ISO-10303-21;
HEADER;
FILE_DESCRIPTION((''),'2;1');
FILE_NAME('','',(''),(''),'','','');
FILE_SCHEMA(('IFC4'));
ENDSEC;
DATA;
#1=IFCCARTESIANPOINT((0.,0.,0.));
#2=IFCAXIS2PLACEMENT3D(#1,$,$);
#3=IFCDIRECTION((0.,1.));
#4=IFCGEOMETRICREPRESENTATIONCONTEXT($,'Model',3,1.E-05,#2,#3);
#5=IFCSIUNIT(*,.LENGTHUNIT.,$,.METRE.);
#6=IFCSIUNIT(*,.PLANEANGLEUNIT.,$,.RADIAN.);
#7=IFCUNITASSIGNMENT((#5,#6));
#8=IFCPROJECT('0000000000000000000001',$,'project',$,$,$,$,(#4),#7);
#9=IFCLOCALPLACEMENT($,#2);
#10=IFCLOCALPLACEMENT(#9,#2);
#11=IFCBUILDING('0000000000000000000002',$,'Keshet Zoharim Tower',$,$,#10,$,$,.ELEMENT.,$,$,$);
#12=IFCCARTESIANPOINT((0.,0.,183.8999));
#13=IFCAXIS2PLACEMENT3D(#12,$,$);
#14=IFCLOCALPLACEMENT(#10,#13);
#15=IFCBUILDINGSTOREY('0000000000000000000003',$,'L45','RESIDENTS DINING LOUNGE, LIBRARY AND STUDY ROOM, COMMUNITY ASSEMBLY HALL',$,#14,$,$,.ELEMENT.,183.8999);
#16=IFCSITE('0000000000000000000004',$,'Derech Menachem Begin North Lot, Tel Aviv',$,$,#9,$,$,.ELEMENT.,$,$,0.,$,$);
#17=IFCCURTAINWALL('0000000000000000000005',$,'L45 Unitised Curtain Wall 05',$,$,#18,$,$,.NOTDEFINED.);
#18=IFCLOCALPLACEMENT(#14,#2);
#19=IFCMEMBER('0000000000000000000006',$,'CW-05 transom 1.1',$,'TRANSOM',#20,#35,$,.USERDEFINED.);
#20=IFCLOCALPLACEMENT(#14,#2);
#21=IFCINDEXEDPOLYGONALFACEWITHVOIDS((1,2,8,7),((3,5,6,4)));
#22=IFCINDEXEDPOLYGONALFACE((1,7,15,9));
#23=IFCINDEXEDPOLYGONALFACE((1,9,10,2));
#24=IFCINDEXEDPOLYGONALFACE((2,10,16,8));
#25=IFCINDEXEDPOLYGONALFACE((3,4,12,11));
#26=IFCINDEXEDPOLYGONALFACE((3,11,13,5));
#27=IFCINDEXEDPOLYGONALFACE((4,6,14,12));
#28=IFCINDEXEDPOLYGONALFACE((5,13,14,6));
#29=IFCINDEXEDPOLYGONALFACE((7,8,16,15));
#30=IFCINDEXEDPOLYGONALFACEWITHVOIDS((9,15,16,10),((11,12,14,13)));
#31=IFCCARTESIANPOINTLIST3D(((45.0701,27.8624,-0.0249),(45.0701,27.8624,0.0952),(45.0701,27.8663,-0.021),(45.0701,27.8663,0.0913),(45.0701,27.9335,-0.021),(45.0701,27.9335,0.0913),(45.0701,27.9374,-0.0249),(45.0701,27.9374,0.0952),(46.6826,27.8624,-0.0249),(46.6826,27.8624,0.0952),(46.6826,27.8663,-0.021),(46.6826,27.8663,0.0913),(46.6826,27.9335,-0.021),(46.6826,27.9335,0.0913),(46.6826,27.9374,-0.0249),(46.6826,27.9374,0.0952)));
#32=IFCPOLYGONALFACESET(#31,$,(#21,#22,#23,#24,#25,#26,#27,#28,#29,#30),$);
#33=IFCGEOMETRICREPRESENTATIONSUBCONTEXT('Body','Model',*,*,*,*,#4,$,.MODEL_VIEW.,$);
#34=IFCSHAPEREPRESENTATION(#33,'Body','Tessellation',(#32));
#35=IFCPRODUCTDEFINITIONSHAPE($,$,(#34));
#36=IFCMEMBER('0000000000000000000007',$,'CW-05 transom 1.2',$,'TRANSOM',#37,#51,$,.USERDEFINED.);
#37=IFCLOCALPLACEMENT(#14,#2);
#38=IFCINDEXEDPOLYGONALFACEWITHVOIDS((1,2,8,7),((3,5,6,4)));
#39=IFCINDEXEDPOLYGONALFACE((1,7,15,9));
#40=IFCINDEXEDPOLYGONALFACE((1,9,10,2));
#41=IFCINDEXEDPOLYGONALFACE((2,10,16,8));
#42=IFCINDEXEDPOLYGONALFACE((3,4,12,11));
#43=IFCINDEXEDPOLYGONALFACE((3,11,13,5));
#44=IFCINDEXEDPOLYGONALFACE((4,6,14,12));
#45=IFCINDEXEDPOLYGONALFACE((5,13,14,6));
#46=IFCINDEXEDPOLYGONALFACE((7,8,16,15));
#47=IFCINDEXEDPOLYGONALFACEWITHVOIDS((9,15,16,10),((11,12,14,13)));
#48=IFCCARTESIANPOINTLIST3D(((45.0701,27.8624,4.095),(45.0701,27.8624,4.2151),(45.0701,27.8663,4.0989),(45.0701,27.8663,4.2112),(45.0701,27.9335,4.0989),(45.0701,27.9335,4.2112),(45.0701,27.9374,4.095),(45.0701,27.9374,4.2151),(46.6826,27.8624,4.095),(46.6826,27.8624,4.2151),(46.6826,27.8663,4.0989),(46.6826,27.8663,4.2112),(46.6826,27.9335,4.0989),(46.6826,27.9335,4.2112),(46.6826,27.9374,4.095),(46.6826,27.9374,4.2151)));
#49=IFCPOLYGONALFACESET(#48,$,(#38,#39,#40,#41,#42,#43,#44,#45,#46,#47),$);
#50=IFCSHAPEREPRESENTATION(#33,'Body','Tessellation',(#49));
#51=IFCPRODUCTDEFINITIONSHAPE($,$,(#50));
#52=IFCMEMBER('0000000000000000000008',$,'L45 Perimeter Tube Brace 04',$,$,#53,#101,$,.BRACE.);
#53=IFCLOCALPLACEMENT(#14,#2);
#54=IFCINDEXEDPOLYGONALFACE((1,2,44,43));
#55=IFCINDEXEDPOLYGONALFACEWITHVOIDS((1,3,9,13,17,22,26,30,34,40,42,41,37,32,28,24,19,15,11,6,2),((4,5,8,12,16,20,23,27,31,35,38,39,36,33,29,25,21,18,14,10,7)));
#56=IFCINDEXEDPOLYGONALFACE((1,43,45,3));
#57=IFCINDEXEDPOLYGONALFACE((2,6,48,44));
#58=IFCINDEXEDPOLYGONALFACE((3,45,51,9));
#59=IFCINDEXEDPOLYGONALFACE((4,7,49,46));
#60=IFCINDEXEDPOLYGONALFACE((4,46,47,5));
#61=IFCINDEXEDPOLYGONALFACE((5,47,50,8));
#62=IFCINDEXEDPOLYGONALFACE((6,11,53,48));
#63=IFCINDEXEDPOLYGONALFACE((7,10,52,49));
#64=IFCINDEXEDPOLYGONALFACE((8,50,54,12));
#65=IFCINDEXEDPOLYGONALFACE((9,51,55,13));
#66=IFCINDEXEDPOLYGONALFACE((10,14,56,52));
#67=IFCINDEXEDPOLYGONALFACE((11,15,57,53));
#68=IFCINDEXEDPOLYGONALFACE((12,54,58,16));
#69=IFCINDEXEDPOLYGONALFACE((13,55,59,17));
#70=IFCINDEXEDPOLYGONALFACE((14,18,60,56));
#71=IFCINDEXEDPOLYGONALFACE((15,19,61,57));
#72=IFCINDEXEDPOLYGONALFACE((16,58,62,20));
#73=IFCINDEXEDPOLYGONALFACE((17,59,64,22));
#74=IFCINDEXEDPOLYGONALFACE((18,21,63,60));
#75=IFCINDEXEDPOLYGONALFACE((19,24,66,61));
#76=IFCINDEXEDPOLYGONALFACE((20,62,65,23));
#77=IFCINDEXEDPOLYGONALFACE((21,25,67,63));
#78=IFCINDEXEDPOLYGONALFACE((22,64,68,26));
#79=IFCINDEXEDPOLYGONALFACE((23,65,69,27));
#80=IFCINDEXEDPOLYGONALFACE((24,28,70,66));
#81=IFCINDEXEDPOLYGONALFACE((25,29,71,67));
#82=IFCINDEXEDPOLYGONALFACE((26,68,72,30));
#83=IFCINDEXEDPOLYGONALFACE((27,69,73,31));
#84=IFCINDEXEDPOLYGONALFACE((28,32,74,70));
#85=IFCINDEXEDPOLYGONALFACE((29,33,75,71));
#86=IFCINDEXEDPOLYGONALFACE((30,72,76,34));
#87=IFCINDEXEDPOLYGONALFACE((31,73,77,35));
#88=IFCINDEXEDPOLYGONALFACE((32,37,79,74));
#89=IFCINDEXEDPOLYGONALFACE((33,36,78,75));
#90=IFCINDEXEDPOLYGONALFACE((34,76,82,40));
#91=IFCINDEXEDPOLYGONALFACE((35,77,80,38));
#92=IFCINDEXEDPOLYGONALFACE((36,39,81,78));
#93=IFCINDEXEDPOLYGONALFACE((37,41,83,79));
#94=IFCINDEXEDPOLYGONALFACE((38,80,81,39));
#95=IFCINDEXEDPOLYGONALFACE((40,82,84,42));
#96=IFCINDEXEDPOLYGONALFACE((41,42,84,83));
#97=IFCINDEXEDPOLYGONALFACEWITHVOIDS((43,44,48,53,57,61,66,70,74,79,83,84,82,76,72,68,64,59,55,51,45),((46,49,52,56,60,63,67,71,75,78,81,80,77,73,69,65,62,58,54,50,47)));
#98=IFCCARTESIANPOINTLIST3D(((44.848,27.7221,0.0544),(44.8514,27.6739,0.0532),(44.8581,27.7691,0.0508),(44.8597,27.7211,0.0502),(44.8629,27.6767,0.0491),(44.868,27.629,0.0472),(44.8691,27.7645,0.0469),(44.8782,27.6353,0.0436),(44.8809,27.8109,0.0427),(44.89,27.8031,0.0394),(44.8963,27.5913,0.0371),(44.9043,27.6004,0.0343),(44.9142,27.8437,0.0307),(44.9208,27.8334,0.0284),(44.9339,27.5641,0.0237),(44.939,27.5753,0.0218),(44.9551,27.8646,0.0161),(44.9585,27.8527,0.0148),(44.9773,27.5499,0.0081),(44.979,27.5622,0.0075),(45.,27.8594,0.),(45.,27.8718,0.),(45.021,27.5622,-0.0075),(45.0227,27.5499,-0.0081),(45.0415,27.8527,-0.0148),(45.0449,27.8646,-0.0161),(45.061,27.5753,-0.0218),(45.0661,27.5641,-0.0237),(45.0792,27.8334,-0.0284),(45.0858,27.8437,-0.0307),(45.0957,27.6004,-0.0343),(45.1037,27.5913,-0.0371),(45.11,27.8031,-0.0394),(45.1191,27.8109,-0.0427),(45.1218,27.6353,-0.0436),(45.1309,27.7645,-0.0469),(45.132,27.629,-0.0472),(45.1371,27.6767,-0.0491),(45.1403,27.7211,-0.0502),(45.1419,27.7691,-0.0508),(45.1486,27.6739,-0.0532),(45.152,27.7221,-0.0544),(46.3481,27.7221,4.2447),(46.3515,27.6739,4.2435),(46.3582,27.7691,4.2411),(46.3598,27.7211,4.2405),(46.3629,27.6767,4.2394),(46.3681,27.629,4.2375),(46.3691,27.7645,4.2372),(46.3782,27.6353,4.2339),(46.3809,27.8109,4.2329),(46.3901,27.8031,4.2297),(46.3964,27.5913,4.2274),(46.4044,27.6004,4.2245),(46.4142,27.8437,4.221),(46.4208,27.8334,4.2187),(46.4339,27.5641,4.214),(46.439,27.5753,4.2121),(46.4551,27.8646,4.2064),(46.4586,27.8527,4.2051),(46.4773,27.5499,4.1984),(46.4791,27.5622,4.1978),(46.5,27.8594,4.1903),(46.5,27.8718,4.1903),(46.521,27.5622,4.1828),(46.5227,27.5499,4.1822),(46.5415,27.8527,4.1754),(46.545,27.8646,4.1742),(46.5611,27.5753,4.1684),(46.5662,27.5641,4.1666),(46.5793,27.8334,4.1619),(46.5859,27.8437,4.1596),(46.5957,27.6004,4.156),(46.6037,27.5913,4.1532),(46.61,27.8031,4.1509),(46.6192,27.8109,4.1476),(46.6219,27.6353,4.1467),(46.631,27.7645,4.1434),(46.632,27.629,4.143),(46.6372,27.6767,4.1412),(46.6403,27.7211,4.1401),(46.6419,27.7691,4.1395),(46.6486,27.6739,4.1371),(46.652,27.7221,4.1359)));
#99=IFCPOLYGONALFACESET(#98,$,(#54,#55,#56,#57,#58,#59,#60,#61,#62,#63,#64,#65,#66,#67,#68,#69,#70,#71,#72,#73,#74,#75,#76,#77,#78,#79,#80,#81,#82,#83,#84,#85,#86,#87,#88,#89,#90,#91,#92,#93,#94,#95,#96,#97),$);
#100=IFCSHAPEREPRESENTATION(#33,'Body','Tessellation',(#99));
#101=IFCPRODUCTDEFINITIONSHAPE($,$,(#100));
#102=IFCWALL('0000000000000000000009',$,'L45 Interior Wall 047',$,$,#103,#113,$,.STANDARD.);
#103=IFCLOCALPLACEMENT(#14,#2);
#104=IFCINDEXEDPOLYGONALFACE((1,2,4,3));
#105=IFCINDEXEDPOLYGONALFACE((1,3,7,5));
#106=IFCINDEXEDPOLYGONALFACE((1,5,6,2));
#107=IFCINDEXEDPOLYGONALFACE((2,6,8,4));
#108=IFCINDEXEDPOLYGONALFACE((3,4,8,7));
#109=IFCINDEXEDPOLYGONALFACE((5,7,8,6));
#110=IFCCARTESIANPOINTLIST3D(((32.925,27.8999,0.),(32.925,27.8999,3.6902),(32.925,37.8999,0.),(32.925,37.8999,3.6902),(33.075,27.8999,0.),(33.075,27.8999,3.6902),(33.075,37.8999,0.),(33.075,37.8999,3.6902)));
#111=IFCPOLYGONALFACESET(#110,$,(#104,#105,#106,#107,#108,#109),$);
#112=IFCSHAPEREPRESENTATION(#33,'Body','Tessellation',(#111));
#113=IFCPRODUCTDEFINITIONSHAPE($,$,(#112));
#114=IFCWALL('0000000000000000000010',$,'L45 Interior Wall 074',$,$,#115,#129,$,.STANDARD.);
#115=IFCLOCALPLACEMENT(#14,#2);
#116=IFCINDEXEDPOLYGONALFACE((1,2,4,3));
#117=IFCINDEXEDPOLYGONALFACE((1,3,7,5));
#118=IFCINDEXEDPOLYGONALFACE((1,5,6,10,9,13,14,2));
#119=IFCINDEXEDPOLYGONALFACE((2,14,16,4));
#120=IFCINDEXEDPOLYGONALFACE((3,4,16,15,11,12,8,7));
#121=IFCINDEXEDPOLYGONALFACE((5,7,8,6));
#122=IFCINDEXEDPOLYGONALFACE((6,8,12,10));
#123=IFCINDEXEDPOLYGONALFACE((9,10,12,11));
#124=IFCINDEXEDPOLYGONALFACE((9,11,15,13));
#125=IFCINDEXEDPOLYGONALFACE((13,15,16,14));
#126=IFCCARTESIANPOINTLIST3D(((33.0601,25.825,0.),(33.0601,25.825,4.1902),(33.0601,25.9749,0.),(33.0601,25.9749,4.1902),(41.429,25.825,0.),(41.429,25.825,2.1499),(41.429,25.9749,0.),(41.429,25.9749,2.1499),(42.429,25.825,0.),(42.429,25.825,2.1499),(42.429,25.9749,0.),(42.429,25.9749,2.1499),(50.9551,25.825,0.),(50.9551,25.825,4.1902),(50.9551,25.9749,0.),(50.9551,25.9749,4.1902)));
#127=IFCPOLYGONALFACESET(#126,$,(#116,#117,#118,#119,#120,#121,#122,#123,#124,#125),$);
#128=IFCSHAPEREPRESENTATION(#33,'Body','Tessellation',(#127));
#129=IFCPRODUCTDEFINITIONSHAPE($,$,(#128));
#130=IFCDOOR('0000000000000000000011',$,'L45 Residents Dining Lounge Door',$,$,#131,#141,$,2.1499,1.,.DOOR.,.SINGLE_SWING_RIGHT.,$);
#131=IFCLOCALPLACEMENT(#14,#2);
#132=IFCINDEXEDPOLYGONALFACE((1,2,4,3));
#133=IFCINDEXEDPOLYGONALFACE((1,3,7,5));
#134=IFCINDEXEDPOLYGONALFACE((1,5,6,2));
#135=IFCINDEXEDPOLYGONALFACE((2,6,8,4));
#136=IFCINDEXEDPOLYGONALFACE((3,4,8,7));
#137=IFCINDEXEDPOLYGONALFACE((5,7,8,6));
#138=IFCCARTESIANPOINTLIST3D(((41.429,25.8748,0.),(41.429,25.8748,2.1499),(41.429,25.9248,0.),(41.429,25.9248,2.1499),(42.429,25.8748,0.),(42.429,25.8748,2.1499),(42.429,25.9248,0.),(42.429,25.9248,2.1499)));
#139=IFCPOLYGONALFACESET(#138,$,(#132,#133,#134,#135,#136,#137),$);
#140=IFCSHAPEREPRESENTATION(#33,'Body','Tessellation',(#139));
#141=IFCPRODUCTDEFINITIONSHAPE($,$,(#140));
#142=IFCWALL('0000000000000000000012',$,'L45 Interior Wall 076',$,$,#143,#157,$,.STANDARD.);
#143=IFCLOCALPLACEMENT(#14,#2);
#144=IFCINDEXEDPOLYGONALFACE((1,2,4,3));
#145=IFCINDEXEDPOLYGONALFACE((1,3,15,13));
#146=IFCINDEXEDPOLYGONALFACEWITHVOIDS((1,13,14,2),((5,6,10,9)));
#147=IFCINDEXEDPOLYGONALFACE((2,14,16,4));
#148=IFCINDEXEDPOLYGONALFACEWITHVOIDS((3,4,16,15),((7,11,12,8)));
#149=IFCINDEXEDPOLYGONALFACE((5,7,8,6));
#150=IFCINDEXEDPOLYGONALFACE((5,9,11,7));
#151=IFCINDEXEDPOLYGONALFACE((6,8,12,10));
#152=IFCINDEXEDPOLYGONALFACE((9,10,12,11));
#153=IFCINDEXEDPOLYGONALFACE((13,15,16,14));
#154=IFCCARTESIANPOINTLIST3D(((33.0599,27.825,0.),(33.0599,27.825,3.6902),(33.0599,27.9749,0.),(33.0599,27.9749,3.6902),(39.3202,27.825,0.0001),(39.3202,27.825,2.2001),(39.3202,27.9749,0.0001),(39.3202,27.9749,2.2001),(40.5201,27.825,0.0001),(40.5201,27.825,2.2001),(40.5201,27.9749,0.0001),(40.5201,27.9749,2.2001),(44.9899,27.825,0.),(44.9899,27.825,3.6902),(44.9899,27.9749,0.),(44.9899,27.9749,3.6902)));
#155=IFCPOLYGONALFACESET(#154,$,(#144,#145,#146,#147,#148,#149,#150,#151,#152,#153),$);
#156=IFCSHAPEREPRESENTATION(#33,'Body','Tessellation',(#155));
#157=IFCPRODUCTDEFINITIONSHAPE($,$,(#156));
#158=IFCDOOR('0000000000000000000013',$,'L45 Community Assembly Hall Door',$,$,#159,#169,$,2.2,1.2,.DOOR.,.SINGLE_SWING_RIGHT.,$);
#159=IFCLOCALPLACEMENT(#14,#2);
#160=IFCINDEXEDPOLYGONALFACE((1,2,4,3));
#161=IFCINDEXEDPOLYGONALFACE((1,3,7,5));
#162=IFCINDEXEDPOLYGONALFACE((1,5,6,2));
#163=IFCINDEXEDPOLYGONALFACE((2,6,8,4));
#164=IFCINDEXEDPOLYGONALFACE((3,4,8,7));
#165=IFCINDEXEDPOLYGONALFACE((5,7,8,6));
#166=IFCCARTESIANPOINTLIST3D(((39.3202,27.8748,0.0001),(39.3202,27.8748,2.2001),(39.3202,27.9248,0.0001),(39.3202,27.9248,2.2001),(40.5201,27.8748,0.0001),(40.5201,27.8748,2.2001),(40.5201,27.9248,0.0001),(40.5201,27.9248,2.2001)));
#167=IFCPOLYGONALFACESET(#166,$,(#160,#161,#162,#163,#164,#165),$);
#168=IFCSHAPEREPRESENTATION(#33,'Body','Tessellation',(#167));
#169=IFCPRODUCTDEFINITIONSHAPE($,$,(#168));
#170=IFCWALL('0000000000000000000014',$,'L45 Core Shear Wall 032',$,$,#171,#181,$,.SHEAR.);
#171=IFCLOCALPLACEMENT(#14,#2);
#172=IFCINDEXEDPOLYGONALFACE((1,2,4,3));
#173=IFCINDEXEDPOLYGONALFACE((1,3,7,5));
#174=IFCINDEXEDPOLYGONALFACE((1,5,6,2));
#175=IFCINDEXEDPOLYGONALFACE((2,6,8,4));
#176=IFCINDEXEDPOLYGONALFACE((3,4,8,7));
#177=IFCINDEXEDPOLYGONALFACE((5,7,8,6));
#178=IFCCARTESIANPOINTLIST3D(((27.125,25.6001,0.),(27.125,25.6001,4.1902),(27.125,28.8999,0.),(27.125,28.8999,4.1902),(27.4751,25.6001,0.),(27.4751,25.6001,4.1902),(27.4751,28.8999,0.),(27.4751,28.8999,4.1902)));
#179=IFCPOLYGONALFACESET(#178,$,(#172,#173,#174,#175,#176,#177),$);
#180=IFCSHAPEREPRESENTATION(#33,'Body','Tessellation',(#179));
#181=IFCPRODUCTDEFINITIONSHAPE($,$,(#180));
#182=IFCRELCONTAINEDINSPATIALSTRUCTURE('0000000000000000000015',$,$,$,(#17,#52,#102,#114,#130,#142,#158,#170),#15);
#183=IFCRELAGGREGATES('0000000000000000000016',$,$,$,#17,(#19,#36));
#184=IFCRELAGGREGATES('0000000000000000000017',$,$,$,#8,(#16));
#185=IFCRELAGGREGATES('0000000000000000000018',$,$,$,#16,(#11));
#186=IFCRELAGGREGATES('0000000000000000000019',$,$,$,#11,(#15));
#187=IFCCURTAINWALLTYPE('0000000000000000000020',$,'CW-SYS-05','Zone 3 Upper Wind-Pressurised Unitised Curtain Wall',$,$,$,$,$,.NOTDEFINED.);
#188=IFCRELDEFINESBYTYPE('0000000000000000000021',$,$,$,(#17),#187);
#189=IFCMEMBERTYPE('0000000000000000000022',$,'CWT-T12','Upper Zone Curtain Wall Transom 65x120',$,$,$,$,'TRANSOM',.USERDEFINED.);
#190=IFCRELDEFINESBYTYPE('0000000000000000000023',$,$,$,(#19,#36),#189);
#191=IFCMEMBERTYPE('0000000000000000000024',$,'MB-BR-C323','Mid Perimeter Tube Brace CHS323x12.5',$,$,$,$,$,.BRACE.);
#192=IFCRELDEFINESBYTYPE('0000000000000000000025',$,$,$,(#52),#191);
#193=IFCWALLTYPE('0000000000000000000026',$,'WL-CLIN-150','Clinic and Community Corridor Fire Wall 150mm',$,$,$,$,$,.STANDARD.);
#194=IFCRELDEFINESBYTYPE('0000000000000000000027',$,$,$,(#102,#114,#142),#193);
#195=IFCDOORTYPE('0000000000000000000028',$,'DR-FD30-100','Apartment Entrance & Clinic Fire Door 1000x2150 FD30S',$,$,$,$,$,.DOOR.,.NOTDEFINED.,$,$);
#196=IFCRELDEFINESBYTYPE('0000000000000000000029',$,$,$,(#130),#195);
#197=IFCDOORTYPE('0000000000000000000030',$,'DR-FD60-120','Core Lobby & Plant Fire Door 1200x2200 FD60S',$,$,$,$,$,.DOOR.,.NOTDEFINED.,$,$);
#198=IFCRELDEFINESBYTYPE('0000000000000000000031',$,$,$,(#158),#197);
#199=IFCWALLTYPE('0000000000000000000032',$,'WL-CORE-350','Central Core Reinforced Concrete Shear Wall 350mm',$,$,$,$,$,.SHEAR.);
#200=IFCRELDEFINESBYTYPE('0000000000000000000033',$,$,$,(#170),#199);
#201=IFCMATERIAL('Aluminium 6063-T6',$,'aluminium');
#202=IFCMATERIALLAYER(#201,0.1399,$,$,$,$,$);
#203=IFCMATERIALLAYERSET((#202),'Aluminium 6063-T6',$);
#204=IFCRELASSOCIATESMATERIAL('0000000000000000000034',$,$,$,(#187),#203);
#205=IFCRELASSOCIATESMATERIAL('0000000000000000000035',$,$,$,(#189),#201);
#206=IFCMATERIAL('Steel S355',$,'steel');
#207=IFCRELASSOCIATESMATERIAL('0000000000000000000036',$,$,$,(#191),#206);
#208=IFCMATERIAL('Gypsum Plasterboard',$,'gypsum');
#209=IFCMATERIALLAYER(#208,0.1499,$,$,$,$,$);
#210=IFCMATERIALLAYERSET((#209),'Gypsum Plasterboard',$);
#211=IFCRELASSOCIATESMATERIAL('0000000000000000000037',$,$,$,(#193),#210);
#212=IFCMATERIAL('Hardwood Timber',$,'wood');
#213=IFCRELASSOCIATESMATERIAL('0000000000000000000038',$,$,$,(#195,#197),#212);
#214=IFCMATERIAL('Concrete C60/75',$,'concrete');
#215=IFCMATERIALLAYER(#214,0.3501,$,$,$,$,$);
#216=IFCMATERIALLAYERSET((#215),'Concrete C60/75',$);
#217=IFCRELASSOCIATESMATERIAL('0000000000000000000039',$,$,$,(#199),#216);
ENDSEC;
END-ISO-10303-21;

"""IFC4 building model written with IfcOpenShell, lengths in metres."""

from ifc_helpers import new_model, si_unit, direction, frame, frame_2d, origin, origin_2d, place, context, subcontext, project, spatial, rectangle, hollow_rectangle, hollow_circle, extrude, material, layer, layer_set, material_profile, profile_set, type_object, element, fill, aggregate, save


model = new_model("IFC4")

# Units and contexts
model_context = context("Model", 3, precision=1e-05, world=origin(), true_north=direction((0.0, 1.0)))
body_context = subcontext(model_context, "Body", "Model", "MODEL_VIEW")
ifc_project = project(units=[si_unit("LENGTHUNIT", "METRE"), si_unit("PLANEANGLEUNIT", "RADIAN")], contexts=[model_context])

# Site, building, storey
site_placement = place(None, origin())
site = spatial("IfcSite", under=ifc_project, at=site_placement, Name="Derech Menachem Begin North Lot, Tel Aviv", CompositionType="ELEMENT", RefElevation=0.0)
building_placement = place(site_placement, origin())
building = spatial("IfcBuilding", under=site, at=building_placement, Name="Keshet Zoharim Tower", CompositionType="ELEMENT")
storey_placement = place(building_placement, frame((0.0, 0.0, 183.8999)))
storey = spatial("IfcBuildingStorey", under=building, at=storey_placement, Name="L45", Description="RESIDENTS DINING LOUNGE, LIBRARY AND STUDY ROOM, COMMUNITY ASSEMBLY HALL", CompositionType="ELEMENT", Elevation=183.8999)

# Shared definitions
ifc_material_1 = material(Name="Steel S355", Category="steel")
ifc_material_2 = material(Name="Concrete C60/75", Category="concrete")

# Shared definitions
ifc_material_3 = material(Name="Aluminium 6063-T6", Category="aluminium")
ifc_layer_1 = layer(ifc_material_3, 0.1399)
ifc_layer_set_1 = layer_set([ifc_layer_1], Name="Aluminium 6063-T6")
curtain_wall_type = type_object("IfcCurtainWallType", Name="CW-SYS-05", Description="Zone 3 Upper Wind-Pressurised Unitised Curtain Wall", PredefinedType="NOTDEFINED", material=ifc_layer_set_1)

# Curtain wall, members
curtain_wall_1_placement = place(storey_placement, origin())
curtain_wall_1 = element("IfcCurtainWall", 1, at=curtain_wall_1_placement, inside=storey, type_object=curtain_wall_type, Name="L45 Unitised Curtain Wall 05", PredefinedType="NOTDEFINED")
ifc_material_profile_1 = material_profile(ifc_material_3, hollow_rectangle(XDim=0.075, YDim=0.1201, WallThickness=0.0039, at=origin_2d()), Name="TRN-75x120")
ifc_profile_set_1 = profile_set([ifc_material_profile_1], Name="Aluminium 6063-T6")
member_type_1 = type_object("IfcMemberType", Name="CWT-T12", Description="Upper Zone Curtain Wall Transom 65x120", ElementType="TRANSOM", PredefinedType="USERDEFINED", material=ifc_profile_set_1)
member_1_placement = place(storey_placement, frame((45.0701, 27.8999, 0.0352), z_axis=(1.0, 0.0, 0.0), x_axis=(0.0, 1.0, 0.0)))
member_1 = element("IfcMember", 2, at=member_1_placement, type_object=member_type_1, Name="CW-05 transom 1.1", ObjectType="TRANSOM", PredefinedType="USERDEFINED", context=body_context, shape_type="SweptSolid", body=[
    extrude(hollow_rectangle(XDim=0.075, YDim=0.1201, WallThickness=0.0039, at=origin_2d()), origin(), (0.0, 0.0, 1.0), 1.6125),
])
member_2_placement = place(storey_placement, frame((45.0701, 27.8999, 4.155), z_axis=(1.0, 0.0, 0.0), x_axis=(0.0, 1.0, 0.0)))
member_2 = element("IfcMember", 3, at=member_2_placement, type_object=member_type_1, Name="CW-05 transom 1.2", ObjectType="TRANSOM", PredefinedType="USERDEFINED", context=body_context, shape_type="SweptSolid", body=[
    extrude(hollow_rectangle(XDim=0.075, YDim=0.1201, WallThickness=0.0039, at=origin_2d()), origin(), (0.0, 0.0, 1.0), 1.6125),
])
aggregate(curtain_wall_1, [member_1, member_2])

# Member
ifc_material_profile_2 = material_profile(ifc_material_1, hollow_circle(Radius=0.1619, WallThickness=0.0125, at=origin_2d()), Name="CHS323x12.5")
ifc_profile_set_2 = profile_set([ifc_material_profile_2], Name="Steel S355")
member_type_2 = type_object("IfcMemberType", Name="MB-BR-C323", Description="Mid Perimeter Tube Brace CHS323x12.5", PredefinedType="BRACE", material=ifc_profile_set_2)
member_3_placement = place(storey_placement, frame((45.0, 27.71, 0.0), z_axis=(0.337035, 0.0, 0.941492), x_axis=(0.0, 1.0, 0.0)))
element("IfcMember", 4, at=member_3_placement, inside=storey, type_object=member_type_2, Name="L45 Perimeter Tube Brace 04", PredefinedType="BRACE", context=body_context, shape_type="SweptSolid", body=[
    extrude(hollow_circle(Radius=0.1619, WallThickness=0.0125, at=origin_2d()), origin(), (0.0, 0.0, 1.0), 4.4507),
])

# Wall
ifc_material_4 = material(Name="Gypsum Plasterboard", Category="gypsum")
ifc_layer_2 = layer(ifc_material_4, 0.1499)
ifc_layer_set_2 = layer_set([ifc_layer_2], Name="Gypsum Plasterboard")
wall_type_1 = type_object("IfcWallType", Name="WL-CLIN-150", Description="Clinic and Community Corridor Fire Wall 150mm", PredefinedType="STANDARD", material=ifc_layer_set_2)
wall_1_placement = place(storey_placement, frame((33.0, 27.8999, 0.0), z_axis=(0.0, 0.0, 1.0), x_axis=(0.0, 1.0, 0.0)))
element("IfcWall", 5, at=wall_1_placement, inside=storey, type_object=wall_type_1, Name="L45 Interior Wall 047", PredefinedType="STANDARD", context=body_context, shape_type="SweptSolid", body=[
    extrude(rectangle(XDim=10.0, YDim=0.1499, at=frame_2d((5.0, 0.0))), origin(), (0.0, 0.0, 1.0), 3.6902),
])

# Walls, openings, doors
wall_2_placement = place(storey_placement, frame((33.0601, 25.8999, 0.0), z_axis=(0.0, 0.0, 1.0), x_axis=(1.0, 0.0, 0.0)))
wall_2 = element("IfcWall", 6, at=wall_2_placement, inside=storey, type_object=wall_type_1, Name="L45 Interior Wall 074", PredefinedType="STANDARD", context=body_context, shape_type="SweptSolid", body=[
    extrude(rectangle(XDim=17.895, YDim=0.1499, at=frame_2d((8.9475, 0.0))), origin(), (0.0, 0.0, 1.0), 4.1902),
])
opening_1_placement = place(wall_2_placement, frame((8.3689, 0.0, 0.0)))
opening_1 = element("IfcOpeningElement", 7, at=opening_1_placement, cuts=wall_2, PredefinedType="OPENING", context=body_context, shape_type="SweptSolid", body=[
    extrude(rectangle(XDim=1.0, YDim=2.1499, at=frame_2d((0.5, 1.075))), frame((0.0, 0.085, 0.0), z_axis=(0.0, -1.0, 0.0), x_axis=(1.0, 0.0, 0.0)), (0.0, 0.0, 1.0), 0.1699),
])
ifc_material_5 = material(Name="Hardwood Timber", Category="wood")
door_type_1 = type_object("IfcDoorType", Name="DR-FD30-100", Description="Apartment Entrance & Clinic Fire Door 1000x2150 FD30S", OperationType="NOTDEFINED", PredefinedType="DOOR", material=ifc_material_5)
door_1_placement = place(opening_1_placement, origin())
door_1 = element("IfcDoor", 8, at=door_1_placement, inside=storey, type_object=door_type_1, Name="L45 Residents Dining Lounge Door", OperationType="SINGLE_SWING_RIGHT", OverallHeight=2.1499, OverallWidth=1.0, PredefinedType="DOOR", context=body_context, shape_type="SweptSolid", body=[
    extrude(rectangle(XDim=1.0, YDim=2.1499, at=frame_2d((0.5, 1.075))), frame((0.0, 0.0249, 0.0), z_axis=(0.0, -1.0, 0.0), x_axis=(1.0, 0.0, 0.0)), (0.0, 0.0, 1.0), 0.05),
])
fill(opening_1, door_1)
wall_3_placement = place(storey_placement, frame((33.0601, 27.8999, 0.0), z_axis=(0.0, 0.0, 1.0), x_axis=(1.0, 0.0, 0.0)))
wall_3 = element("IfcWall", 9, at=wall_3_placement, inside=storey, type_object=wall_type_1, Name="L45 Interior Wall 076", PredefinedType="STANDARD", context=body_context, shape_type="SweptSolid", body=[
    extrude(rectangle(XDim=11.9299, YDim=0.1499, at=frame_2d((5.9648, 0.0))), origin(), (0.0, 0.0, 1.0), 3.6902),
])
opening_2_placement = place(wall_3_placement, frame((6.26, 0.0, 0.0)))
opening_2 = element("IfcOpeningElement", 10, at=opening_2_placement, cuts=wall_3, PredefinedType="OPENING", context=body_context, shape_type="SweptSolid", body=[
    extrude(rectangle(XDim=1.2, YDim=2.2, at=frame_2d((0.6001, 1.1001))), frame((0.0, 0.085, 0.0), z_axis=(0.0, -1.0, 0.0), x_axis=(1.0, 0.0, 0.0)), (0.0, 0.0, 1.0), 0.1699),
])
door_type_2 = type_object("IfcDoorType", Name="DR-FD60-120", Description="Core Lobby & Plant Fire Door 1200x2200 FD60S", OperationType="NOTDEFINED", PredefinedType="DOOR", material=ifc_material_5)
door_2_placement = place(opening_2_placement, origin())
door_2 = element("IfcDoor", 11, at=door_2_placement, inside=storey, type_object=door_type_2, Name="L45 Community Assembly Hall Door", OperationType="SINGLE_SWING_RIGHT", OverallHeight=2.2, OverallWidth=1.2, PredefinedType="DOOR", context=body_context, shape_type="SweptSolid", body=[
    extrude(rectangle(XDim=1.2, YDim=2.2, at=frame_2d((0.6001, 1.1001))), frame((0.0, 0.0249, 0.0), z_axis=(0.0, -1.0, 0.0), x_axis=(1.0, 0.0, 0.0)), (0.0, 0.0, 1.0), 0.05),
])
fill(opening_2, door_2)

# Wall
ifc_layer_3 = layer(ifc_material_2, 0.3501)
ifc_layer_set_3 = layer_set([ifc_layer_3], Name="Concrete C60/75")
wall_type_2 = type_object("IfcWallType", Name="WL-CORE-350", Description="Central Core Reinforced Concrete Shear Wall 350mm", PredefinedType="SHEAR", material=ifc_layer_set_3)
wall_4_placement = place(storey_placement, frame((27.3, 25.6001, 0.0), z_axis=(0.0, 0.0, 1.0), x_axis=(0.0, 1.0, 0.0)))
element("IfcWall", 12, at=wall_4_placement, inside=storey, type_object=wall_type_2, Name="L45 Core Shear Wall 032", PredefinedType="SHEAR", context=body_context, shape_type="SweptSolid", body=[
    extrude(rectangle(XDim=3.2998, YDim=0.3501, at=frame_2d((1.6499, 0.0))), origin(), (0.0, 0.0, 1.0), 4.1902),
])

save(model, "model.ifc")
